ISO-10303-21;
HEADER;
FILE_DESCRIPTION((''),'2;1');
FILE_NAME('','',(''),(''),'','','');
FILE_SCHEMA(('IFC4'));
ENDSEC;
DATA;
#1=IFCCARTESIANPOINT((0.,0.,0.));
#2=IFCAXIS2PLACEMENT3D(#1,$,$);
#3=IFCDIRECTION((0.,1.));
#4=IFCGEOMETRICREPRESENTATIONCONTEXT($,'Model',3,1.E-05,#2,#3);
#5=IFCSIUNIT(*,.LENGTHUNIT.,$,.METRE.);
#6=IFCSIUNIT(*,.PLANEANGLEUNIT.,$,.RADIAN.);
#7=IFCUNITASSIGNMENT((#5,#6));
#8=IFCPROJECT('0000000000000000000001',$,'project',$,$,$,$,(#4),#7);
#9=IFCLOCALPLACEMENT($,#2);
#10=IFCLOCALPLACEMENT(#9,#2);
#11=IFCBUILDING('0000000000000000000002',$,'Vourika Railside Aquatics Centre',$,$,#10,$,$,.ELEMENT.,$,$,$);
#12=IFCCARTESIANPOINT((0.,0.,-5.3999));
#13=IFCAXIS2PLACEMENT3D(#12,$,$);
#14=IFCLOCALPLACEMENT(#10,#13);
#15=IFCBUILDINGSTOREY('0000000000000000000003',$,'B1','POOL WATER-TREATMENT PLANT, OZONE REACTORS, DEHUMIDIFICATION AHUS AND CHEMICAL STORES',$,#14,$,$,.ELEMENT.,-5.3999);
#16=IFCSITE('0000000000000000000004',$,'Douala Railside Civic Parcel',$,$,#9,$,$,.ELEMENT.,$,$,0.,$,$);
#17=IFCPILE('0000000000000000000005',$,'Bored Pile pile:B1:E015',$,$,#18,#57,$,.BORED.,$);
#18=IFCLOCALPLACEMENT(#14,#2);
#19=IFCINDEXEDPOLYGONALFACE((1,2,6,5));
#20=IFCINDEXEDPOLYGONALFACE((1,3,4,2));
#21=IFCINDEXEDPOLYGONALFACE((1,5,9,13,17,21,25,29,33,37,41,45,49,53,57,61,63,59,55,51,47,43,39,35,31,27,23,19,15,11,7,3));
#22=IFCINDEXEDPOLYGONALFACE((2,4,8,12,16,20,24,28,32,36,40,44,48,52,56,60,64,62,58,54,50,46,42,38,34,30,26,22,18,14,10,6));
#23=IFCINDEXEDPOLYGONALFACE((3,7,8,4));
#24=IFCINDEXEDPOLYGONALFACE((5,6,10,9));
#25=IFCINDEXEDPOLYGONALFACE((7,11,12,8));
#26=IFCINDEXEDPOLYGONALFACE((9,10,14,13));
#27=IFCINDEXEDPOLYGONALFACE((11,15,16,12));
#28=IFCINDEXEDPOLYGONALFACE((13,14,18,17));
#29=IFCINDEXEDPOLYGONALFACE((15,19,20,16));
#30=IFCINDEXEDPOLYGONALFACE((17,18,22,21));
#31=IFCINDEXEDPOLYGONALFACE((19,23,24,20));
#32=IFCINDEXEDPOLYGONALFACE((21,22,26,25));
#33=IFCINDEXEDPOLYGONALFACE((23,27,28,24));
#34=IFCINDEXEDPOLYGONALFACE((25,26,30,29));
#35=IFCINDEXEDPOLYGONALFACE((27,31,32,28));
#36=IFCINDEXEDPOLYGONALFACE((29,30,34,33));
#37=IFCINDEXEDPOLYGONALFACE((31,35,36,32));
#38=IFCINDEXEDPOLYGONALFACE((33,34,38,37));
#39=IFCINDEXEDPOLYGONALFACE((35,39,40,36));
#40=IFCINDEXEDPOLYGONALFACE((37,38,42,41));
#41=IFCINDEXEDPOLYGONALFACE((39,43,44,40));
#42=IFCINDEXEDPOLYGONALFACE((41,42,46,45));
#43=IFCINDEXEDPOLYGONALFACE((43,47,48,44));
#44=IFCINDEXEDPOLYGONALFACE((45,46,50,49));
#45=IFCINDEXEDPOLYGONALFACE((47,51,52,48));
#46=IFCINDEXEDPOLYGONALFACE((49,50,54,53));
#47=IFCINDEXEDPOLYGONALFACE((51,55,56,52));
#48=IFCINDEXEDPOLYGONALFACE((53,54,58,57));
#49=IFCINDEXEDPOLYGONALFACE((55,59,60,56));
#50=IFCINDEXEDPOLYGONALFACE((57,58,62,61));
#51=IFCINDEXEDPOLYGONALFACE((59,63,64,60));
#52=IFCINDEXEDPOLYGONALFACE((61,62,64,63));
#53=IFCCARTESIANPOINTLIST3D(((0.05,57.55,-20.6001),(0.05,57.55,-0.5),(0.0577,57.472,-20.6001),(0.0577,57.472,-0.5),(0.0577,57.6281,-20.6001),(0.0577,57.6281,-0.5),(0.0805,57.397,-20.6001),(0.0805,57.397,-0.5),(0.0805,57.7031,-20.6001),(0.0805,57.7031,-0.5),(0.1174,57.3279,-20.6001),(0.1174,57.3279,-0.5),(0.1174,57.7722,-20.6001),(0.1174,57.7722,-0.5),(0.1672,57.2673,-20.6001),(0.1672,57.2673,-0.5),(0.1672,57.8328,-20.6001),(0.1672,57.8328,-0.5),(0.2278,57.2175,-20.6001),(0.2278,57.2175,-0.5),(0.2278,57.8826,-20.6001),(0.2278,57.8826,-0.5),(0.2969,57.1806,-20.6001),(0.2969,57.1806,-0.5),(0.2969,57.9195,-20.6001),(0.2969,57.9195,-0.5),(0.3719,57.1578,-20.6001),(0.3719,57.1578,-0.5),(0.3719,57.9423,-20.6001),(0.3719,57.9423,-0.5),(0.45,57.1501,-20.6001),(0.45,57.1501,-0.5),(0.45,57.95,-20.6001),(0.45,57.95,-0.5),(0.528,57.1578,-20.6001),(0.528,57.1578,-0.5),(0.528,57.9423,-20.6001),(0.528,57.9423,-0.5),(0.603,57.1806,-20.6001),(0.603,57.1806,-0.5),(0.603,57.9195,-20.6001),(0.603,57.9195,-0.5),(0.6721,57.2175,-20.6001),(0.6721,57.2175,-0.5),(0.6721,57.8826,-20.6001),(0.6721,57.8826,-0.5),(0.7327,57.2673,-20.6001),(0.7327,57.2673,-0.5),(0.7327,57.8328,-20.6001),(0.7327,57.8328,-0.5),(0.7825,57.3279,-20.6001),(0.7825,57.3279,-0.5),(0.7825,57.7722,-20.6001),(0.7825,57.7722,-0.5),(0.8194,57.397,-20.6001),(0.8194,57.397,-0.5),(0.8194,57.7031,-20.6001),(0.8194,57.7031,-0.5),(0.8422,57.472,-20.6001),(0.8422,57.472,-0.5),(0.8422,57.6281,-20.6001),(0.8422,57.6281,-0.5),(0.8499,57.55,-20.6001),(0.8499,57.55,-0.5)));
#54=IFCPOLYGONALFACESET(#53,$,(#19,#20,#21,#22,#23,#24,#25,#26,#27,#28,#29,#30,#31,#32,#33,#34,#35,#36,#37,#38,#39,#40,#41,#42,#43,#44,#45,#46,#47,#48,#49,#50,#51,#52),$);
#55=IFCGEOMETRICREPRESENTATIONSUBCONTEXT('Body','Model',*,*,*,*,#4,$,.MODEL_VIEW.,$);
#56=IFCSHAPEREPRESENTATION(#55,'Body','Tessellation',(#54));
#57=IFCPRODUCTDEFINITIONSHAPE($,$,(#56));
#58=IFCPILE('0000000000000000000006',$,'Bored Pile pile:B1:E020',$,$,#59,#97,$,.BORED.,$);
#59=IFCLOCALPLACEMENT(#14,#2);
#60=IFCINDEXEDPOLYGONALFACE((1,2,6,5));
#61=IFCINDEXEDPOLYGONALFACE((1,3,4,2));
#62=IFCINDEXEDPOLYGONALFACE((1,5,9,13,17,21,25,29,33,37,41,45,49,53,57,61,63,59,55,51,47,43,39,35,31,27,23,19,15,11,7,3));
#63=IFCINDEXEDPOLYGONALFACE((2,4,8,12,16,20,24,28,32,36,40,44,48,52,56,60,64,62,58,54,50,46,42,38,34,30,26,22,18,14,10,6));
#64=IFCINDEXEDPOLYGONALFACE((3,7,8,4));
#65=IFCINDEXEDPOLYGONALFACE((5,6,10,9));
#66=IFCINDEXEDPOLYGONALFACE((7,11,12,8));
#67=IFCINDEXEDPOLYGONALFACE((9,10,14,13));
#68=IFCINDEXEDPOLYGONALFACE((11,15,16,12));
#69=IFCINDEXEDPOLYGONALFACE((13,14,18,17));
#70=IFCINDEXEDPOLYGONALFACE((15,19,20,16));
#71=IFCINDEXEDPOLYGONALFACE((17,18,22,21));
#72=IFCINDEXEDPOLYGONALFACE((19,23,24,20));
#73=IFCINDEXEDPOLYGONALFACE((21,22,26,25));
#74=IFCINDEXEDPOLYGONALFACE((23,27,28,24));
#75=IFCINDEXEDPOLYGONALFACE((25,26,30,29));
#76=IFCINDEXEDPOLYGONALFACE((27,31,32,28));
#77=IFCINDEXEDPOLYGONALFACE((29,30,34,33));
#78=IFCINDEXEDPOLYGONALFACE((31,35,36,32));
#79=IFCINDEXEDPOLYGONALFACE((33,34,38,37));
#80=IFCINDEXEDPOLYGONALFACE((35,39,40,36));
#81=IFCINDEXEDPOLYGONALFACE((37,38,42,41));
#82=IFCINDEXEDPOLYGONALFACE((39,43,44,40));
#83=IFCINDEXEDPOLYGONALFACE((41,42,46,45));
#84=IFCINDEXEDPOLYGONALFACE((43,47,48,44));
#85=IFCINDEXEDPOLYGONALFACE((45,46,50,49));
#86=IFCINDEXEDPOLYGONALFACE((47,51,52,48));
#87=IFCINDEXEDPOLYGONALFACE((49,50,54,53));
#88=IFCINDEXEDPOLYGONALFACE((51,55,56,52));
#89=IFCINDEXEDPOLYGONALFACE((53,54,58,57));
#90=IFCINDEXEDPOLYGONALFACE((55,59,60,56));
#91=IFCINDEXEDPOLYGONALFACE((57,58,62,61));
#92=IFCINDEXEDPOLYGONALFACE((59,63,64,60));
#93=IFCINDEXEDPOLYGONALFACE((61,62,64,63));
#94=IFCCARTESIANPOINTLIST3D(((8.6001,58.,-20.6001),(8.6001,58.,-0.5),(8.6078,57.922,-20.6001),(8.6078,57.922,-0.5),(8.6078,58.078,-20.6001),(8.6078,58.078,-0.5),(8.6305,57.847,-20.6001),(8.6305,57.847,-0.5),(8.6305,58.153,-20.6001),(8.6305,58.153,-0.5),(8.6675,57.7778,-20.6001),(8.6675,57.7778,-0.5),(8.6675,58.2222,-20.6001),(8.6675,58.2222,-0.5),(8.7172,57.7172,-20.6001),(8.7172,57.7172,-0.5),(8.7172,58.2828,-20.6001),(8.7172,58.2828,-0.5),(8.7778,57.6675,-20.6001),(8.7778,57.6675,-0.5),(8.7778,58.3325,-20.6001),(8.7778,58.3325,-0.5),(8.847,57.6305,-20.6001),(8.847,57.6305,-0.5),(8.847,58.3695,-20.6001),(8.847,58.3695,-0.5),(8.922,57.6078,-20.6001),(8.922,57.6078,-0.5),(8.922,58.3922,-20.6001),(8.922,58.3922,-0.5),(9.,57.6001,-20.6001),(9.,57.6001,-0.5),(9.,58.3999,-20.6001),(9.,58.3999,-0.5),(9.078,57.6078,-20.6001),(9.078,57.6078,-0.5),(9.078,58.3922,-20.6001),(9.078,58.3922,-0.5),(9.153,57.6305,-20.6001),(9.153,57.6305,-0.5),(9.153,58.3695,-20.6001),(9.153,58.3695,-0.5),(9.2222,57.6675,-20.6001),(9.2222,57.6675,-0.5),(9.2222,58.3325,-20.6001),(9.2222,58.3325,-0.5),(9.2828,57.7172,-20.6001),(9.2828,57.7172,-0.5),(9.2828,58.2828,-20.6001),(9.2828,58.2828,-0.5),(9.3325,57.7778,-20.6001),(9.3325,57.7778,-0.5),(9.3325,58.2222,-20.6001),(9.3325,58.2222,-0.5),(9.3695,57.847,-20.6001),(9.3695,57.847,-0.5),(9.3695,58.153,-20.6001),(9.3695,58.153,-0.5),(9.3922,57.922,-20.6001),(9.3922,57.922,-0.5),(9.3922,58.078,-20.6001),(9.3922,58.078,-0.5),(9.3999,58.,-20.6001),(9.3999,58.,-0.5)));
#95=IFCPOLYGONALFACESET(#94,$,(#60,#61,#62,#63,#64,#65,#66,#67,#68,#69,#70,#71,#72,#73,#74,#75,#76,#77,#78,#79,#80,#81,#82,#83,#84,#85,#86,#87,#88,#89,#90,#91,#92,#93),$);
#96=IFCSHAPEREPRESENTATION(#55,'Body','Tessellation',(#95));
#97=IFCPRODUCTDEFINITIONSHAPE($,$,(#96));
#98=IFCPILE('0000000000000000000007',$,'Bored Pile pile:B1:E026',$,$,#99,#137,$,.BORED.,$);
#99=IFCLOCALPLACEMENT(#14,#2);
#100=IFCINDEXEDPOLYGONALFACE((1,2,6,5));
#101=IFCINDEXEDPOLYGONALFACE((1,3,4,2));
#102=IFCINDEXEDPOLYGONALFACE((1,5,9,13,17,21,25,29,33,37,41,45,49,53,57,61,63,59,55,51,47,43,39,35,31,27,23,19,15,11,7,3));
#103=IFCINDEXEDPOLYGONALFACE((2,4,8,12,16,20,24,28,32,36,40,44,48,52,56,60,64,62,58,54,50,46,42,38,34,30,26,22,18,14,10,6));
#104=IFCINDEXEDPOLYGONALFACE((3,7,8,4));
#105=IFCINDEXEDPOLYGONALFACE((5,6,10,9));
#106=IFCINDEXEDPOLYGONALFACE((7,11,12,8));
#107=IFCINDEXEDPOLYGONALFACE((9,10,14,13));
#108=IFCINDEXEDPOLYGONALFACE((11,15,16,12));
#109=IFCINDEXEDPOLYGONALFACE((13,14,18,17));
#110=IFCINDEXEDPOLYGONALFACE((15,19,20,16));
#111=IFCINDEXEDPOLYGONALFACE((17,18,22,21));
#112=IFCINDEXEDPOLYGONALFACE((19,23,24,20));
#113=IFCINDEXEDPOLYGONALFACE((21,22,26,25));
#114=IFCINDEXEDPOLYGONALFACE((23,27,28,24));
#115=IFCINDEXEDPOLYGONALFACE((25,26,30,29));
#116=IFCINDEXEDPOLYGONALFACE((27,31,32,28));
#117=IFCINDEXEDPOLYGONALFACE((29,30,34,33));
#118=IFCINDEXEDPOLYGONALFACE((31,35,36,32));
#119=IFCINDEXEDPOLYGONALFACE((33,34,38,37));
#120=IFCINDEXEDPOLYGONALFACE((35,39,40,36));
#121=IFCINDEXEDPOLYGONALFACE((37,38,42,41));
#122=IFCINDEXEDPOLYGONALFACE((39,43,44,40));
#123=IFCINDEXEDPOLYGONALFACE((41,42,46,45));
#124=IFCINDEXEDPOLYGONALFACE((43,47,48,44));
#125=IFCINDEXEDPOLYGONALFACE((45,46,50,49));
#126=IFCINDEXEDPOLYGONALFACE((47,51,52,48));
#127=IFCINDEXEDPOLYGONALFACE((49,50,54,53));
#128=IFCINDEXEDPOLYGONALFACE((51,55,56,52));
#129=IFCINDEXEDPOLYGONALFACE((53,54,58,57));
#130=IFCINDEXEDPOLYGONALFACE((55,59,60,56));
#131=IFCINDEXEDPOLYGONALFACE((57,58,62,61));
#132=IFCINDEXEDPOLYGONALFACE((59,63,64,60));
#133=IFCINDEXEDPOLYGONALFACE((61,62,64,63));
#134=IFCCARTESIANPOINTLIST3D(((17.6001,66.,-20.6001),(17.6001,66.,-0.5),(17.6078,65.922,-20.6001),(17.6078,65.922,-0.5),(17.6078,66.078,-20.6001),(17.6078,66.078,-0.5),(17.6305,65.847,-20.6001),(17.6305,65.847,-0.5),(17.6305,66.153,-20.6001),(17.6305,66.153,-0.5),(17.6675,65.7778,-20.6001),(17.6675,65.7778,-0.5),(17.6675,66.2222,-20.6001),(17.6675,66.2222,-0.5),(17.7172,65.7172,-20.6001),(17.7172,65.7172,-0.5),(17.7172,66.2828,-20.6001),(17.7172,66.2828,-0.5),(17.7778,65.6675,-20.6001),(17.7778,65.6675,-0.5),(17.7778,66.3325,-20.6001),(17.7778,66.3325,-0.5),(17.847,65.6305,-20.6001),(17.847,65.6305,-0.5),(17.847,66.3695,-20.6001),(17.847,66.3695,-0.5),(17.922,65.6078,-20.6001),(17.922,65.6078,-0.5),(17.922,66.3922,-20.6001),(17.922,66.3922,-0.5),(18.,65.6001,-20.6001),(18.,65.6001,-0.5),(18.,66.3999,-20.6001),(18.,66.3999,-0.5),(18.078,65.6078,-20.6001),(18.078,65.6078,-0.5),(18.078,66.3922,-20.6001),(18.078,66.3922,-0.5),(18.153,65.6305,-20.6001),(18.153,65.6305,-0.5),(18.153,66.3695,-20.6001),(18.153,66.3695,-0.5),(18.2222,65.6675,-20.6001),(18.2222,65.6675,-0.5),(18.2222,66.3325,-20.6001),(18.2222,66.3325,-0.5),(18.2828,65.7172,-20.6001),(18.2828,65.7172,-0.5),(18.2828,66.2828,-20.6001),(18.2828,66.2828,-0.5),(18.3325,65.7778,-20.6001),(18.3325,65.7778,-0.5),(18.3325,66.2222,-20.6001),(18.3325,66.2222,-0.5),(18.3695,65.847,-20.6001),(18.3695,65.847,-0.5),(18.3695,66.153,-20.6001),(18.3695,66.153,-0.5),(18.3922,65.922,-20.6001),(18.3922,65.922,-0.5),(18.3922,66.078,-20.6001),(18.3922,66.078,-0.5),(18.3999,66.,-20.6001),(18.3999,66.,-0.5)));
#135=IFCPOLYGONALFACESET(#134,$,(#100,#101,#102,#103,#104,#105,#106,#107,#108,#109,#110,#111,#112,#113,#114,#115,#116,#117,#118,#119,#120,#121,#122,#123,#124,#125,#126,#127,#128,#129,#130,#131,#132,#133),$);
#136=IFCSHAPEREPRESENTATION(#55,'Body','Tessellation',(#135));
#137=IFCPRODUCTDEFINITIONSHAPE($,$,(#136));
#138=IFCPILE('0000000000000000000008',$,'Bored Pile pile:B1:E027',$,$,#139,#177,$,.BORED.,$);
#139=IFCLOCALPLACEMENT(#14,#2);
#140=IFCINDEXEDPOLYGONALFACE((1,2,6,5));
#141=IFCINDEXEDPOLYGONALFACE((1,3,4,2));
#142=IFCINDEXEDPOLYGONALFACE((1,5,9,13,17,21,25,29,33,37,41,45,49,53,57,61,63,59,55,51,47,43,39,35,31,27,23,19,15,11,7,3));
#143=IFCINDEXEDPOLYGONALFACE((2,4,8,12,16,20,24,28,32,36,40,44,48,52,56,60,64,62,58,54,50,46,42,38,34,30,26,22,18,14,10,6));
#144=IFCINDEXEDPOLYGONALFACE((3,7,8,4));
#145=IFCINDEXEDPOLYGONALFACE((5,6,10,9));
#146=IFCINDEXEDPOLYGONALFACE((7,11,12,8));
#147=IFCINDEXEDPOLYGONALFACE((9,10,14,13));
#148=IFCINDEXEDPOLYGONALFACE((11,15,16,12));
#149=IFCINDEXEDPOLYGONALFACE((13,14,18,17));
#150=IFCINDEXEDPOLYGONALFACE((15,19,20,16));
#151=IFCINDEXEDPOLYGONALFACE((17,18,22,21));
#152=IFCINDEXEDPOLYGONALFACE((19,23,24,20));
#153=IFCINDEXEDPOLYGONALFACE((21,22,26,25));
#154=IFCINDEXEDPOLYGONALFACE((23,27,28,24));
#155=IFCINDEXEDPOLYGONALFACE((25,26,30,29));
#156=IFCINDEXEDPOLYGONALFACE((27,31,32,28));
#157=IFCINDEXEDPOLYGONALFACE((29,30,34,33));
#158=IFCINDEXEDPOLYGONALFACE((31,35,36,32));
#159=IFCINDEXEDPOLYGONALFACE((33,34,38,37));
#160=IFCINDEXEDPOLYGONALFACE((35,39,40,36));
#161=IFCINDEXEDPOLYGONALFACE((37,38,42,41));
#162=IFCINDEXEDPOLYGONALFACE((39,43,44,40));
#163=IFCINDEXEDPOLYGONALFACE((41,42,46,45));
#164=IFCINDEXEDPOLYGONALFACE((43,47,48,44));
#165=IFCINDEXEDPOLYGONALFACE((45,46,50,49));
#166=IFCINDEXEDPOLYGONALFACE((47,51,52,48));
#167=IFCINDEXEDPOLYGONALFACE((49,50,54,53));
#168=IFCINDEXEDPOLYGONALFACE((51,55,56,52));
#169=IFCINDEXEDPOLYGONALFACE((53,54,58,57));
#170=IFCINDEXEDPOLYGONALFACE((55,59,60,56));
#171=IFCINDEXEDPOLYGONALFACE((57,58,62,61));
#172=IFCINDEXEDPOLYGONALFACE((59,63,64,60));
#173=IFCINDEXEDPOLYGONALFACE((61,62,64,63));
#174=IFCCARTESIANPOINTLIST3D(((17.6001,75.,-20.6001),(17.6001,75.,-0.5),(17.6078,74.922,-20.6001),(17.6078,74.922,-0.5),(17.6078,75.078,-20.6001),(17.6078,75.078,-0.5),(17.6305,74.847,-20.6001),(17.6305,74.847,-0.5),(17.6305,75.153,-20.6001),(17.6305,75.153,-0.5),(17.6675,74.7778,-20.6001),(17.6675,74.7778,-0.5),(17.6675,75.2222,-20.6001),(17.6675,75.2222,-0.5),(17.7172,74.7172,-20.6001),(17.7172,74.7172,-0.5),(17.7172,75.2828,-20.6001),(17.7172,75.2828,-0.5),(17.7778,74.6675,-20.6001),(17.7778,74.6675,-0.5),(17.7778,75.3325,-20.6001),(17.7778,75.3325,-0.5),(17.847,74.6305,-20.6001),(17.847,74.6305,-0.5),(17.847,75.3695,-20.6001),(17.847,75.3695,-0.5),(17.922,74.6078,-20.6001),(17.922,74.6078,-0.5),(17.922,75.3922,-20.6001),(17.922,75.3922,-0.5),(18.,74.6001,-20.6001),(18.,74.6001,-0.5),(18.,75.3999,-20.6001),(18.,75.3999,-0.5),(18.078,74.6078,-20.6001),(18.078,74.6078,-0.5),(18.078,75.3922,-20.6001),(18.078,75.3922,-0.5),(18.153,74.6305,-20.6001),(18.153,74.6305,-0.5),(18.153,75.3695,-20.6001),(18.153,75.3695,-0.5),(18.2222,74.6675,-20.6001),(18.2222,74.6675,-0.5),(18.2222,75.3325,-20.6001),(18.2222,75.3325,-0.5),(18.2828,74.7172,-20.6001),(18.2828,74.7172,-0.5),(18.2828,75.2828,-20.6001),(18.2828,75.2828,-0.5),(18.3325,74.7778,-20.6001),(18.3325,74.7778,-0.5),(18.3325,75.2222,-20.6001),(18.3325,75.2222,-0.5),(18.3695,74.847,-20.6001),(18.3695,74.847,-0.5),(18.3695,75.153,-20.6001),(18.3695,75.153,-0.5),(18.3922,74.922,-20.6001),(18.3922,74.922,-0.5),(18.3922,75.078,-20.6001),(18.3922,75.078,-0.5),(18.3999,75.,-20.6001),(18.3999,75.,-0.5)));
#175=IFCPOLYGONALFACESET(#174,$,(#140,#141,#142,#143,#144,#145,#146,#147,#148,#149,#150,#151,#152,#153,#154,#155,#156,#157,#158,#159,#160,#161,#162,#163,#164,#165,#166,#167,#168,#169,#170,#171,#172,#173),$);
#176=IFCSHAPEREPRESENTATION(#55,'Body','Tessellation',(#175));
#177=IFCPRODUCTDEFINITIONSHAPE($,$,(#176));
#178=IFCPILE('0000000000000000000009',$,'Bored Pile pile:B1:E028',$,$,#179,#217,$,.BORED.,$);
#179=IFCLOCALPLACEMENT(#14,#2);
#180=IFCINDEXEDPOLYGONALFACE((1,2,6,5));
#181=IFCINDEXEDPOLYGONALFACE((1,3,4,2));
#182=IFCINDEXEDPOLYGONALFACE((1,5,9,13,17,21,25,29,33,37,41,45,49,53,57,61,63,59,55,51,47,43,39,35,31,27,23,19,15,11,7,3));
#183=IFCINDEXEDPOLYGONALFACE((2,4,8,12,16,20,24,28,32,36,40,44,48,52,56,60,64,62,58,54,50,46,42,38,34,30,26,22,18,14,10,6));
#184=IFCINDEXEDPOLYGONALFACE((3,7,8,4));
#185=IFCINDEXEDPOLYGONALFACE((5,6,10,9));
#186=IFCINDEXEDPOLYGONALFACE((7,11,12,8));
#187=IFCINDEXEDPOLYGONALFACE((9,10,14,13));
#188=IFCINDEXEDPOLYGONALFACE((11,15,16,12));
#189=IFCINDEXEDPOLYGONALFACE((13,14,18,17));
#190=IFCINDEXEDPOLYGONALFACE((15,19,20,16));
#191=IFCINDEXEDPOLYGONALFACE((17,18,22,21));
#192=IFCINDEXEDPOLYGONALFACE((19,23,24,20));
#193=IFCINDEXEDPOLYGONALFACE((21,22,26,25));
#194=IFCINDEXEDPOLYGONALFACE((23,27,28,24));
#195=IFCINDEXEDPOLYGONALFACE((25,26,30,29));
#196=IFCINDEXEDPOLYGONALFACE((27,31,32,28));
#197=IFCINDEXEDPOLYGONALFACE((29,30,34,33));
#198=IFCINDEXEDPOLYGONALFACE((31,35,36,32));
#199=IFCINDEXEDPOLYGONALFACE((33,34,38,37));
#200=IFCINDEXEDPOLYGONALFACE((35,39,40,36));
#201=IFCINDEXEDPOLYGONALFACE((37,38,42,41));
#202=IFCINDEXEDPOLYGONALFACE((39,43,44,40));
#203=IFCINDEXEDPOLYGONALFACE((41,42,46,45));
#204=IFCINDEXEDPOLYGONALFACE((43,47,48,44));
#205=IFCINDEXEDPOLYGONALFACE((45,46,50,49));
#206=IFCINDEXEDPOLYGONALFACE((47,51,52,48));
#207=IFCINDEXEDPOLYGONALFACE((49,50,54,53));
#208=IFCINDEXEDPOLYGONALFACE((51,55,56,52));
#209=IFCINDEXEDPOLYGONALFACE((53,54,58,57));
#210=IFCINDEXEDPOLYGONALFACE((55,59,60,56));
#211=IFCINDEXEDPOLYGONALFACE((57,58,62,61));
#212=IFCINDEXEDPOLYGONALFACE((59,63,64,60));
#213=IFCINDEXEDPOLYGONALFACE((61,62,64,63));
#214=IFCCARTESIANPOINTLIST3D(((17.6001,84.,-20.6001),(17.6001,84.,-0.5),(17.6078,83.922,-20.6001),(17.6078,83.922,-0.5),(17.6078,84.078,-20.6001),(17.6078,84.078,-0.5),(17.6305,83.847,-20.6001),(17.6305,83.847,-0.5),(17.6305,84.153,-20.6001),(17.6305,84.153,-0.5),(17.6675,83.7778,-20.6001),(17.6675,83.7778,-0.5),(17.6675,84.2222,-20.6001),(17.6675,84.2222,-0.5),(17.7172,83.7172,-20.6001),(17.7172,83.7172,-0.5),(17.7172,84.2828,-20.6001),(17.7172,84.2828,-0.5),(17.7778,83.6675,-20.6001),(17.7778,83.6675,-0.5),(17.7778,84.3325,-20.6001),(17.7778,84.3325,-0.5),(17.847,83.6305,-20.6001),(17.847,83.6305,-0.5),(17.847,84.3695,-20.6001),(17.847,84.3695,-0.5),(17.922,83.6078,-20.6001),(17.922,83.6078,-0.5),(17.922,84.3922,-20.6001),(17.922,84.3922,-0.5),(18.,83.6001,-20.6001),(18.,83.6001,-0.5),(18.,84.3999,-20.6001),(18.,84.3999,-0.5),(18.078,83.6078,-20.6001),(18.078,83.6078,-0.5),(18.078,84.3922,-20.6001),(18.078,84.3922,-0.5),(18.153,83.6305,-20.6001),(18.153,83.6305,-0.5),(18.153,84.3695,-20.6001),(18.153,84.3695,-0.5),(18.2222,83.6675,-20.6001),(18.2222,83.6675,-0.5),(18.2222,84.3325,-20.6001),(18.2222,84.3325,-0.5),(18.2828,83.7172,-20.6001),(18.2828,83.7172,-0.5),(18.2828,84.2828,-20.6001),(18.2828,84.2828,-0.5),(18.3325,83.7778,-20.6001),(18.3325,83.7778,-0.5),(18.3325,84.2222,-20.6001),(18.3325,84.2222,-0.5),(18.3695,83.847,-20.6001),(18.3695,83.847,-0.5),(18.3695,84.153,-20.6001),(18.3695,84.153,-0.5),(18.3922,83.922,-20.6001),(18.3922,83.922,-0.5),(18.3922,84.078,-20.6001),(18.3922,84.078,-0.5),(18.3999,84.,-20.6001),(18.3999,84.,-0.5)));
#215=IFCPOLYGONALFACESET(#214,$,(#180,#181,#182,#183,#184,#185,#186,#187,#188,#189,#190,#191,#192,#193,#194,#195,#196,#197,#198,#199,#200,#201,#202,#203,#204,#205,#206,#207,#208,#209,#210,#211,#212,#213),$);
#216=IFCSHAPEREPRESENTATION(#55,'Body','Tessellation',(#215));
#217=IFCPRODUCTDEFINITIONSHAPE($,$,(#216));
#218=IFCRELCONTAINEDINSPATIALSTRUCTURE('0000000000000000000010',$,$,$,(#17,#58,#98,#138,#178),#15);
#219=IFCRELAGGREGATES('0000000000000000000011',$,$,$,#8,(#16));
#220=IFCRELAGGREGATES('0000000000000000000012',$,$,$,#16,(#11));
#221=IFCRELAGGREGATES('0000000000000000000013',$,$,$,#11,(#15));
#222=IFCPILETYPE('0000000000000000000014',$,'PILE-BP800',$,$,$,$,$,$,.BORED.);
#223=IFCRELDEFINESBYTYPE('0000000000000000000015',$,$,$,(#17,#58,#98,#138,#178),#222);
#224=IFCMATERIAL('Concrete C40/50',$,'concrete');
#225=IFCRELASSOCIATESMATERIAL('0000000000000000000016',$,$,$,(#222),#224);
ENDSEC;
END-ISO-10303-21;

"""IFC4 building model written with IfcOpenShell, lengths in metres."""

from ifc_helpers import new_model, si_unit, direction, frame, origin, origin_2d, place, context, subcontext, project, spatial, circle, extrude, material, material_profile, profile_set, type_object, element, save


model = new_model("IFC4")

# Units and contexts
model_context = context("Model", 3, precision=1e-05, world=origin(), true_north=direction((0.0, 1.0)))
body_context = subcontext(model_context, "Body", "Model", "MODEL_VIEW")
ifc_project = project(units=[si_unit("LENGTHUNIT", "METRE"), si_unit("PLANEANGLEUNIT", "RADIAN")], contexts=[model_context])

# Site, building, storey
site_placement = place(None, origin())
site = spatial("IfcSite", under=ifc_project, at=site_placement, Name="Douala Railside Civic Parcel", CompositionType="ELEMENT", RefElevation=0.0)
building_placement = place(site_placement, origin())
building = spatial("IfcBuilding", under=site, at=building_placement, Name="Vourika Railside Aquatics Centre", CompositionType="ELEMENT")
storey_placement = place(building_placement, frame((0.0, 0.0, -5.3999)))
storey = spatial("IfcBuildingStorey", under=building, at=storey_placement, Name="B1", Description="POOL WATER-TREATMENT PLANT, OZONE REACTORS, DEHUMIDIFICATION AHUS AND CHEMICAL STORES", CompositionType="ELEMENT", Elevation=-5.3999)

# Piles
ifc_material_1 = material(Name="Concrete C40/50", Category="concrete")
ifc_material_profile_1 = material_profile(ifc_material_1, circle(Radius=0.3999, at=origin_2d()), Name="BP 800")
ifc_profile_set_1 = profile_set([ifc_material_profile_1], Name="Concrete C40/50")
pile_type_1 = type_object("IfcPileType", Name="PILE-BP800", PredefinedType="BORED", material=ifc_profile_set_1)
for number, where, z_axis, x_axis, name in (
    (1, (0.45, 57.55, -0.5), (0.0, 0.0, -1.0), (1.0, 0.0, 0.0), "Bored Pile pile:B1:E015"),
    (2, (9.0, 58.0, -0.5), (0.0, 0.0, -1.0), (1.0, 0.0, 0.0), "Bored Pile pile:B1:E020"),
    (3, (18.0, 66.0, -0.5), (0.0, 0.0, -1.0), (1.0, 0.0, 0.0), "Bored Pile pile:B1:E026"),
    (4, (18.0, 75.0, -0.5), (0.0, 0.0, -1.0), (1.0, 0.0, 0.0), "Bored Pile pile:B1:E027"),
    (5, (18.0, 84.0, -0.5), (0.0, 0.0, -1.0), (1.0, 0.0, 0.0), "Bored Pile pile:B1:E028"),
):
    element("IfcPile", number, at=place(storey_placement, frame(where, z_axis=z_axis, x_axis=x_axis)), inside=storey, type_object=pile_type_1, Name=name, PredefinedType="BORED", context=body_context, shape_type="SweptSolid", body=[
        extrude(circle(Radius=0.3999, at=origin_2d()), origin(), (0.0, 0.0, 1.0), 20.1001),
    ])

save(model, "model.ifc")
